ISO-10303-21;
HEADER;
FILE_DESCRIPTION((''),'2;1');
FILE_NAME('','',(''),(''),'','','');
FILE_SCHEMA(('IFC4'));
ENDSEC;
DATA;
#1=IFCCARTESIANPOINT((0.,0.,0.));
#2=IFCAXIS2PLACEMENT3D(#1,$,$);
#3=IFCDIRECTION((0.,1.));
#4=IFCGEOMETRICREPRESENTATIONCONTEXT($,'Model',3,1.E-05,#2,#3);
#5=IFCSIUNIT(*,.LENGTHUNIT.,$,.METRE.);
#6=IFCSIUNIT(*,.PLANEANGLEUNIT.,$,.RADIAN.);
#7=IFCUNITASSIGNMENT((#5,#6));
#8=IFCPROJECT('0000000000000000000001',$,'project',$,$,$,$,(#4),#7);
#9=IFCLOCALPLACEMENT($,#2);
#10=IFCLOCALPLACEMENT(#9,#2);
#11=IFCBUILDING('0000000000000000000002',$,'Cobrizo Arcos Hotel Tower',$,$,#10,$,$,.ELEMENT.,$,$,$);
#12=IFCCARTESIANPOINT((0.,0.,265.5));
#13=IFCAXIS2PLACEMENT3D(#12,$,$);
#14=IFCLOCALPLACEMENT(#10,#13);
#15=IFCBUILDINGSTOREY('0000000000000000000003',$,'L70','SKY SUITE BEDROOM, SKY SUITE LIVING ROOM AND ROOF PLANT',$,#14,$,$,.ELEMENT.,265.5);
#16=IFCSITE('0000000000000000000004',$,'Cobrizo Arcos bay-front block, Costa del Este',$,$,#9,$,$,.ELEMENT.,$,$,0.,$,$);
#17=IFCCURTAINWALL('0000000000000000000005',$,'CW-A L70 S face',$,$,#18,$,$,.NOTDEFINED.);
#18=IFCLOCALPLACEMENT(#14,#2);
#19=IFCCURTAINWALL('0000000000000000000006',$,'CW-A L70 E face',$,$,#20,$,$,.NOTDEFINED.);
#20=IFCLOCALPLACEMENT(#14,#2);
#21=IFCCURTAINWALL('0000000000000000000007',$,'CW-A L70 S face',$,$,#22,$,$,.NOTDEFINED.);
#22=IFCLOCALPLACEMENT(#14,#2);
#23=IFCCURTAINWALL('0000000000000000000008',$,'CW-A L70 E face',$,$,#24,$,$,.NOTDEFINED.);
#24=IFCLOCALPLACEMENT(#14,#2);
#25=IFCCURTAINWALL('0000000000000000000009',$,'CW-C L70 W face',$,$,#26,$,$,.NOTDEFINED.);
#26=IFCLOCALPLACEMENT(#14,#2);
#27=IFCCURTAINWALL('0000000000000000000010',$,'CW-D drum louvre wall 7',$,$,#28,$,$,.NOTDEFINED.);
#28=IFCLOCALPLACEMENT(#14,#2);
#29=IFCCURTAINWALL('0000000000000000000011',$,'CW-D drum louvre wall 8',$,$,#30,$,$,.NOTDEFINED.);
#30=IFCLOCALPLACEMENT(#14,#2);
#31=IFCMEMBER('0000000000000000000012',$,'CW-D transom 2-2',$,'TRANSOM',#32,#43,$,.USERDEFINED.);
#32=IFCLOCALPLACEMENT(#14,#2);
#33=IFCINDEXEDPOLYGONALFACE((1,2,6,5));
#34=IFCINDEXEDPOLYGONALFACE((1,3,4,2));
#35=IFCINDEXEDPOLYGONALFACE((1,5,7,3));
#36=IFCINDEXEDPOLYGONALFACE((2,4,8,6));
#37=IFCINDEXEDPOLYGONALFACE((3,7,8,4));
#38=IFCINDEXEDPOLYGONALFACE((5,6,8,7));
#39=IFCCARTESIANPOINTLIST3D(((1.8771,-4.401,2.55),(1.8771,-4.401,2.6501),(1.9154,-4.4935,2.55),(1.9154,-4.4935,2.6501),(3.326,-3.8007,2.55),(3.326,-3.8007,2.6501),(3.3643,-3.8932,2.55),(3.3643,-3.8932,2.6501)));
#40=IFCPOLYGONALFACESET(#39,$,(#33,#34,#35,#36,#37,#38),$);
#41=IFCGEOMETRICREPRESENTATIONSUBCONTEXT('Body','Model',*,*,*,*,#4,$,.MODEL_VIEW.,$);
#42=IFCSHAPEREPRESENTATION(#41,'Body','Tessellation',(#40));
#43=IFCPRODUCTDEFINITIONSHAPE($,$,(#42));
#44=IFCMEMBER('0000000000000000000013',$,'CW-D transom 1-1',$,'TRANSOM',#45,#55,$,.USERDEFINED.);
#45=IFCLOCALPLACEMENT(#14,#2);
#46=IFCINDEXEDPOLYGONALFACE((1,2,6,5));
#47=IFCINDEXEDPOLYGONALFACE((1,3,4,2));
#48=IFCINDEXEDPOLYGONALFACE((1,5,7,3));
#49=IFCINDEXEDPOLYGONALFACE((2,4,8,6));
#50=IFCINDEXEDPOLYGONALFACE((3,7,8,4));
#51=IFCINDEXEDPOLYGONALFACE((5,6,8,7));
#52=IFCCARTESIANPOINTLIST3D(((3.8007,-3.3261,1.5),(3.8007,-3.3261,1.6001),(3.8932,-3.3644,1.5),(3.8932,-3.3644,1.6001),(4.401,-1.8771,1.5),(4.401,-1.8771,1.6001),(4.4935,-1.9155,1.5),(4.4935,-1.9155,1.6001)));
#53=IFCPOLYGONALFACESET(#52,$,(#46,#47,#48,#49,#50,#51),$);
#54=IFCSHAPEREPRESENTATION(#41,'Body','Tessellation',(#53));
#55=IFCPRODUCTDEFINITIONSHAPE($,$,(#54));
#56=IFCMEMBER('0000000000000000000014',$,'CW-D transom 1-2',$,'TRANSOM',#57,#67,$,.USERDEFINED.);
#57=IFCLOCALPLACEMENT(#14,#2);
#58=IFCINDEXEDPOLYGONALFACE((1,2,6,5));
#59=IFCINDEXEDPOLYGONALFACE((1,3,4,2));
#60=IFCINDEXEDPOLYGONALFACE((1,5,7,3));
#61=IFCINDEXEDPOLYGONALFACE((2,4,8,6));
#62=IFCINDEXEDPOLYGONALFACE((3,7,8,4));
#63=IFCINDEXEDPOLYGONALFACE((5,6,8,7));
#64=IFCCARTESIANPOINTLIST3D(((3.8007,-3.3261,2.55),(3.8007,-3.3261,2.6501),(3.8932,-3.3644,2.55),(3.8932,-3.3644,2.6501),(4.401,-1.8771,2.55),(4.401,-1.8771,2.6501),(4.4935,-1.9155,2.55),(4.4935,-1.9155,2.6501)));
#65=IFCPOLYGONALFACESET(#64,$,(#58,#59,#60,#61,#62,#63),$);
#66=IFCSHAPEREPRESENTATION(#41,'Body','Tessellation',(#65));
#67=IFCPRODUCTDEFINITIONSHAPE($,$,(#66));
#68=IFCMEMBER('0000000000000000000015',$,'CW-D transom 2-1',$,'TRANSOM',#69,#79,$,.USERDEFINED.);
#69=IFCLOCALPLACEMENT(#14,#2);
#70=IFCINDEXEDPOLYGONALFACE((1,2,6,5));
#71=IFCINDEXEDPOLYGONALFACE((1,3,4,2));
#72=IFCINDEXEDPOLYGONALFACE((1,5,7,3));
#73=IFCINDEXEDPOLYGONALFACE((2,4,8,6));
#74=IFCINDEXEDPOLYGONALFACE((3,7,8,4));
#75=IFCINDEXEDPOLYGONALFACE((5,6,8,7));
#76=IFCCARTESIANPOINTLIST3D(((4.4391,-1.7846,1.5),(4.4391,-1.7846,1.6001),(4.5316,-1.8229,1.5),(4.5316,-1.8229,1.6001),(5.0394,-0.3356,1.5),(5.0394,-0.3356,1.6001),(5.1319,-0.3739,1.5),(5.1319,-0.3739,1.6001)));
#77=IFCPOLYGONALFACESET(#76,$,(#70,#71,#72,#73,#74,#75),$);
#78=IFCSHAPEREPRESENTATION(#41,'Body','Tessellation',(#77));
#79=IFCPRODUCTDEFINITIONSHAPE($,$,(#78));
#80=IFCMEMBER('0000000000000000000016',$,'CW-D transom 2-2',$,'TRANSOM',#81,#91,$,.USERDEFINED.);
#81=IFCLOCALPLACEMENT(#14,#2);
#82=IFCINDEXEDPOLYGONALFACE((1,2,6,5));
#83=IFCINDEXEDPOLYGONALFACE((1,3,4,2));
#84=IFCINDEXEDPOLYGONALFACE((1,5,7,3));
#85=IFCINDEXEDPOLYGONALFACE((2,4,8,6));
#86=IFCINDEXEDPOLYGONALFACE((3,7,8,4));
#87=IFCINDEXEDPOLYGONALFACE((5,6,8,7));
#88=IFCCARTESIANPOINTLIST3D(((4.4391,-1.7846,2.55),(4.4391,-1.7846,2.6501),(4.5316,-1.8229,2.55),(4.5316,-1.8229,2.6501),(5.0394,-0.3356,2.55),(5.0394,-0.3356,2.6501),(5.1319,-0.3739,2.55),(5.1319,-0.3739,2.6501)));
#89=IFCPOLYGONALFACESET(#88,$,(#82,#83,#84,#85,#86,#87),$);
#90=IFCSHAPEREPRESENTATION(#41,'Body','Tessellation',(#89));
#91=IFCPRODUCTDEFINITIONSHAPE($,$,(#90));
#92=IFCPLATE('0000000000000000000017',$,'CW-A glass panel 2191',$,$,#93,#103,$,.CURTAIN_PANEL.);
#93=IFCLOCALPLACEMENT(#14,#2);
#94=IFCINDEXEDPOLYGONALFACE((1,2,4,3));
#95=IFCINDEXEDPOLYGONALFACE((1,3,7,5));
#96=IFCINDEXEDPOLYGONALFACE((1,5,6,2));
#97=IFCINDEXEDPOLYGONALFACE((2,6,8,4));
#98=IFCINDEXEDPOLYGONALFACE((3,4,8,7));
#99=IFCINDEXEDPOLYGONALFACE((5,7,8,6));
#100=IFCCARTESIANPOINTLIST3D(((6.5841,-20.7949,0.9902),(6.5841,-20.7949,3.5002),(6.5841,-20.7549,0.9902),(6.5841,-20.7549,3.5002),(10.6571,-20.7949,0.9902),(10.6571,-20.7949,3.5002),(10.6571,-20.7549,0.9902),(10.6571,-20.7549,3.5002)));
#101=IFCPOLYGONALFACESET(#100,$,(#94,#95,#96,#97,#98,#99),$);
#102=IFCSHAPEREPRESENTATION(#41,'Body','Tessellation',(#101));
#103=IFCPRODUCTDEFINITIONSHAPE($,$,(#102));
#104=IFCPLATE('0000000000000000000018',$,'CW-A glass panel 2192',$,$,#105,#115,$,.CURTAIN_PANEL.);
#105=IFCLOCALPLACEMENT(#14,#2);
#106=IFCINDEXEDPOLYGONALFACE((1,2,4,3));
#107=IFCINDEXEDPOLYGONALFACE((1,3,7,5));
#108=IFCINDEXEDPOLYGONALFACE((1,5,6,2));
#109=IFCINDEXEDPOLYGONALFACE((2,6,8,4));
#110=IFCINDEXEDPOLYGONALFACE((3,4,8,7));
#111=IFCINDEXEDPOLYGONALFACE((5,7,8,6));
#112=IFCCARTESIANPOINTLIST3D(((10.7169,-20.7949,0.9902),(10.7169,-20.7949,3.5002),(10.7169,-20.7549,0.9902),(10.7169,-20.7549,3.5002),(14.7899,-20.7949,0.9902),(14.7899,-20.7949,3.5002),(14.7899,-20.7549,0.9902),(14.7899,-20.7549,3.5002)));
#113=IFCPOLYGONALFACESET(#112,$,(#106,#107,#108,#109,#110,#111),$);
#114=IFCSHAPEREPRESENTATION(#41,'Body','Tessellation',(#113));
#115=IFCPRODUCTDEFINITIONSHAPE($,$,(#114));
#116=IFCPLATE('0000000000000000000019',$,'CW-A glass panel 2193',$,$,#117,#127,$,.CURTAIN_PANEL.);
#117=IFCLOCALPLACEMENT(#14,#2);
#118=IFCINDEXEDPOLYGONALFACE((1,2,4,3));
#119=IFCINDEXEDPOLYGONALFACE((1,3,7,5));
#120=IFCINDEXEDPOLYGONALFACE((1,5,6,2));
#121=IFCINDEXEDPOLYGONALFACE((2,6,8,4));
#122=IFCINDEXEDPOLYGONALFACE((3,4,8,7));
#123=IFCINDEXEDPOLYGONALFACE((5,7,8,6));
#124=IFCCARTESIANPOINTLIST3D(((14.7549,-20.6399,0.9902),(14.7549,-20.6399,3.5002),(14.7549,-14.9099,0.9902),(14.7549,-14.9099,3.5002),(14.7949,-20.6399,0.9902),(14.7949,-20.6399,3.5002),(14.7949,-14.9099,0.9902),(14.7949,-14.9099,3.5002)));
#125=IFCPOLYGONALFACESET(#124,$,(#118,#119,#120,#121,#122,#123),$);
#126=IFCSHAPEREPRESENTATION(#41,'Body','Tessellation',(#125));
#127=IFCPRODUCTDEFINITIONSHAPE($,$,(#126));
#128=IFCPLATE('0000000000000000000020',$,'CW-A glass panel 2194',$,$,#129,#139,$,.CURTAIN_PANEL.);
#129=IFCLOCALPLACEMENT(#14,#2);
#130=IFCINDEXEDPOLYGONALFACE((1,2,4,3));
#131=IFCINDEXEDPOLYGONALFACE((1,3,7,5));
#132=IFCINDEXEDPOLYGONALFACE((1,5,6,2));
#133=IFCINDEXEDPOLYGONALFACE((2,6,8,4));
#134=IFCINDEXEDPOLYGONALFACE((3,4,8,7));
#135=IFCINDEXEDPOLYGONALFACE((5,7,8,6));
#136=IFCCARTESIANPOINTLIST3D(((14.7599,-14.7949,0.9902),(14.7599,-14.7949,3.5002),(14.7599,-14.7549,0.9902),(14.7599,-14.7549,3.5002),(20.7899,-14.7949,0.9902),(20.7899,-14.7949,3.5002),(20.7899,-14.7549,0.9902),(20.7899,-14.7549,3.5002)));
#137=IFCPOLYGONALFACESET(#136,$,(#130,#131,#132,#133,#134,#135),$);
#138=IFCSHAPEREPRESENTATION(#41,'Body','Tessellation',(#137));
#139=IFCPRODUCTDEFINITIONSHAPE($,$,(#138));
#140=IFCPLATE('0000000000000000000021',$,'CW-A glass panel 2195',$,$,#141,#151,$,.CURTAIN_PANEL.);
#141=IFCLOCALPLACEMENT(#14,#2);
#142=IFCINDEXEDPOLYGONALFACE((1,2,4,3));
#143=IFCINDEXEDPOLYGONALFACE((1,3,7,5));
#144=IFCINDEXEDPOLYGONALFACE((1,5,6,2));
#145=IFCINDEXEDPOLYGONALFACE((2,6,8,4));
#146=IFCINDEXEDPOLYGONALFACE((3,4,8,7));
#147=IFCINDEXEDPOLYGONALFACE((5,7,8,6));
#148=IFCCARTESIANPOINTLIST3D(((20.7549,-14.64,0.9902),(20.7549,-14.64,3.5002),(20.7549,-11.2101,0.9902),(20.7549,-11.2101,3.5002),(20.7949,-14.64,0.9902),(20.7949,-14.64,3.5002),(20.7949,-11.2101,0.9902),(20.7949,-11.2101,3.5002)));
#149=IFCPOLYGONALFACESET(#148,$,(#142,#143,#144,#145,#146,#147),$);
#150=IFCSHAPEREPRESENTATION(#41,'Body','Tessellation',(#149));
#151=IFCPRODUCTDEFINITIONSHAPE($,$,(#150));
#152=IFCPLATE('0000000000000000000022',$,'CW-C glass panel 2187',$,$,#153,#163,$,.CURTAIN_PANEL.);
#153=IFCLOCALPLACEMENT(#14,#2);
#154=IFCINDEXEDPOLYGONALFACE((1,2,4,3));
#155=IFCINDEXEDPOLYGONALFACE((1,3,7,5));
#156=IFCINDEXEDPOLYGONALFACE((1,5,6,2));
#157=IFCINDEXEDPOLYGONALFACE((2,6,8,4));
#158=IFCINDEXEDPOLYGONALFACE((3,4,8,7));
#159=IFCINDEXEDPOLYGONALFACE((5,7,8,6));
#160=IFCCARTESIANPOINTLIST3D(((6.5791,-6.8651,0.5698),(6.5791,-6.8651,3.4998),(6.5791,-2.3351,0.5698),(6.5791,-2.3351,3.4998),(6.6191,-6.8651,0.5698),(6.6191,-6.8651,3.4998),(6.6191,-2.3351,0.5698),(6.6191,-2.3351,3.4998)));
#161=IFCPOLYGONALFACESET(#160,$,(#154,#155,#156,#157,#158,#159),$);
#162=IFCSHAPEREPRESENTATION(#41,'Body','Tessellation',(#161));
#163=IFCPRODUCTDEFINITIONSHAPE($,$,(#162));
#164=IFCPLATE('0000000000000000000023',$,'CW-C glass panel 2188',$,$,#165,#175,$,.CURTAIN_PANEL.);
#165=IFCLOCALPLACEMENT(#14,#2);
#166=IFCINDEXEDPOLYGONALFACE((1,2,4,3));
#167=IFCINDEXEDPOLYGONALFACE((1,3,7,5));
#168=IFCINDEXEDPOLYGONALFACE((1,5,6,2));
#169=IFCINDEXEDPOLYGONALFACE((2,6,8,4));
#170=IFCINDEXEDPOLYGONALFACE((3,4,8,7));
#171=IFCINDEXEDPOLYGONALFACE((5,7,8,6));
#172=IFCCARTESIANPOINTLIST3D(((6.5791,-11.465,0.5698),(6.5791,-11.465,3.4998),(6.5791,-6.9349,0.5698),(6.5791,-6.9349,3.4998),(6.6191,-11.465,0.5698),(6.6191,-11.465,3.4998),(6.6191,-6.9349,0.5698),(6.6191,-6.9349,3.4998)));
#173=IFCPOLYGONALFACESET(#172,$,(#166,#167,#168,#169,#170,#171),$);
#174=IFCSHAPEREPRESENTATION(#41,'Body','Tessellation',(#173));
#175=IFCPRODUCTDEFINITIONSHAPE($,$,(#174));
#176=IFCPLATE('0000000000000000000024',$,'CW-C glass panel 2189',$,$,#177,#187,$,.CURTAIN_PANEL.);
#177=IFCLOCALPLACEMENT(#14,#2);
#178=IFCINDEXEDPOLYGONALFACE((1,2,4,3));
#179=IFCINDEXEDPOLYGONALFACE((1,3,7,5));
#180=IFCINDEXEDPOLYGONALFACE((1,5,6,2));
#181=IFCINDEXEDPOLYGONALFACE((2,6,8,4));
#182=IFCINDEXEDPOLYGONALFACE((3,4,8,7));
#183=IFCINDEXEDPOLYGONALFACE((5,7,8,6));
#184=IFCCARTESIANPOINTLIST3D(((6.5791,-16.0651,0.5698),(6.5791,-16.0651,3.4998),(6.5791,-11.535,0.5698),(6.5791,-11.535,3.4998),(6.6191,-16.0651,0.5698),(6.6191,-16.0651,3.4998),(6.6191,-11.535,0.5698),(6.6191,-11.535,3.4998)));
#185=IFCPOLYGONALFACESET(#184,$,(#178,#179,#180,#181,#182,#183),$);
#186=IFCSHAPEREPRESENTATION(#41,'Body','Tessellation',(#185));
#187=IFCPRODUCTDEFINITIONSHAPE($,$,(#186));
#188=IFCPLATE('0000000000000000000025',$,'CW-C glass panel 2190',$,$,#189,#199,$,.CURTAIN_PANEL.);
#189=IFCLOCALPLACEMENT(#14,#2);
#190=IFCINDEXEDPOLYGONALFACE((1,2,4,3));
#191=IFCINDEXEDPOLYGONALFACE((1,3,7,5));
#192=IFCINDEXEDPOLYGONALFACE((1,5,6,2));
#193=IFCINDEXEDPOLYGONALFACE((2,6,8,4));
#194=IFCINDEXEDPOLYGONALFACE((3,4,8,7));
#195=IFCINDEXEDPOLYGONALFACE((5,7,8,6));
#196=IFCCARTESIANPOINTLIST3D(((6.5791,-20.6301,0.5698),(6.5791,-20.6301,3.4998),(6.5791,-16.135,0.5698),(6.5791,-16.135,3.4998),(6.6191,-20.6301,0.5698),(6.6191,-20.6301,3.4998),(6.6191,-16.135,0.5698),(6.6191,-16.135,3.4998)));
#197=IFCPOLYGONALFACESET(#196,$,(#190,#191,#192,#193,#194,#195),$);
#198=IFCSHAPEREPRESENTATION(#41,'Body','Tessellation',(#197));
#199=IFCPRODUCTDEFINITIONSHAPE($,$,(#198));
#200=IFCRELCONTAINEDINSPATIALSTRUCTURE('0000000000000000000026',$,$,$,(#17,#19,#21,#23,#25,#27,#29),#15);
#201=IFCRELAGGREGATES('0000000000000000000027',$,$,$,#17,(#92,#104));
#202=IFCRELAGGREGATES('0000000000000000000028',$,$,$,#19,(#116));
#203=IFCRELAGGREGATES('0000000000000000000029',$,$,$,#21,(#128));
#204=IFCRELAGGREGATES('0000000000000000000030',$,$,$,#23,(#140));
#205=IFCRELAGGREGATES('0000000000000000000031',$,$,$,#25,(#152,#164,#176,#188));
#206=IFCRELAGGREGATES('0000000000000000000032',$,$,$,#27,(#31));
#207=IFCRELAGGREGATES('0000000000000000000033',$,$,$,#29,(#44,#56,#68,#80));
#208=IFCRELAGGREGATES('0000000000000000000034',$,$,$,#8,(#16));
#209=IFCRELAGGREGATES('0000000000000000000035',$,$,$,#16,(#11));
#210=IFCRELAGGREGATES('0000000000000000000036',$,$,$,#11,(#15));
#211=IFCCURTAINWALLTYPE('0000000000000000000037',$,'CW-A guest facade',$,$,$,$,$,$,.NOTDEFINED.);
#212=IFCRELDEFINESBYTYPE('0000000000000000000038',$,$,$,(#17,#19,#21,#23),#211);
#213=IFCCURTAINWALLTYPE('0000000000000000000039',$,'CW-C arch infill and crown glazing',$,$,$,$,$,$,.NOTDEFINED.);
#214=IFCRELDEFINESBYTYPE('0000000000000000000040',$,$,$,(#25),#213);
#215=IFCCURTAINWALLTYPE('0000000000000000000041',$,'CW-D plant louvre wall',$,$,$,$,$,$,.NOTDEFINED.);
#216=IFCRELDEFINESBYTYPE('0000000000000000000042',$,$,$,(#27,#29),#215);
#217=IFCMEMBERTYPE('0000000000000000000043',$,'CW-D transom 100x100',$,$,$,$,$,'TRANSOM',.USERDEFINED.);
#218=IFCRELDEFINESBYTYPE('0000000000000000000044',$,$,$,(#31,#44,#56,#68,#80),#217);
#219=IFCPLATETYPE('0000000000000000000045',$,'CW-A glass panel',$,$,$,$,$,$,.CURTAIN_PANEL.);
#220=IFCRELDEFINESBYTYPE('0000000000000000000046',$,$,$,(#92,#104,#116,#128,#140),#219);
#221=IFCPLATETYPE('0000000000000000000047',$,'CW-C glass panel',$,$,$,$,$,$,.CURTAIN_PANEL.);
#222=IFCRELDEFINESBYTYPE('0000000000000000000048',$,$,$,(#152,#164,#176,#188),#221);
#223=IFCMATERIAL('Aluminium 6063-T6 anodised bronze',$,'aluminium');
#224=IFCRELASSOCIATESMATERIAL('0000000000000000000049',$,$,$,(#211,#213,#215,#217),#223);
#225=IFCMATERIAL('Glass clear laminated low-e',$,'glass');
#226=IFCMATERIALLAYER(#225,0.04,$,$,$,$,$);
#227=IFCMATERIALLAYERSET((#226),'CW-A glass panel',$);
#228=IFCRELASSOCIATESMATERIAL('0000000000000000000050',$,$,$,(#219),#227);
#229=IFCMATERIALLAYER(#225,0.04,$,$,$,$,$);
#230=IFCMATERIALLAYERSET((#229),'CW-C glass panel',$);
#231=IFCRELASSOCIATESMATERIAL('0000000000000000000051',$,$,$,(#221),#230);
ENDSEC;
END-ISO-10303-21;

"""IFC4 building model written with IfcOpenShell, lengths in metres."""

from ifc_helpers import new_model, si_unit, direction, frame, origin, origin_2d, place, context, subcontext, project, spatial, rectangle, extrude, material, layer, layer_set, material_profile, profile_set, type_object, element, aggregate, save


model = new_model("IFC4")

# Units and contexts
model_context = context("Model", 3, precision=1e-05, world=origin(), true_north=direction((0.0, 1.0)))
body_context = subcontext(model_context, "Body", "Model", "MODEL_VIEW")
ifc_project = project(units=[si_unit("LENGTHUNIT", "METRE"), si_unit("PLANEANGLEUNIT", "RADIAN")], contexts=[model_context])

# Site, building, storey
site_placement = place(None, origin())
site = spatial("IfcSite", under=ifc_project, at=site_placement, Name="Cobrizo Arcos bay-front block, Costa del Este", CompositionType="ELEMENT", RefElevation=0.0)
building_placement = place(site_placement, origin())
building = spatial("IfcBuilding", under=site, at=building_placement, Name="Cobrizo Arcos Hotel Tower", CompositionType="ELEMENT")
storey_placement = place(building_placement, frame((0.0, 0.0, 265.5)))
storey = spatial("IfcBuildingStorey", under=building, at=storey_placement, Name="L70", Description="SKY SUITE BEDROOM, SKY SUITE LIVING ROOM AND ROOF PLANT", CompositionType="ELEMENT", Elevation=265.5)

# Curtain wall
ifc_material_1 = material(Name="Aluminium 6063-T6 anodised bronze", Category="aluminium")
curtain_wall_type_1 = type_object("IfcCurtainWallType", Name="CW-A guest facade", PredefinedType="NOTDEFINED", material=ifc_material_1)
curtain_wall_1_placement = place(storey_placement, origin())
curtain_wall_1 = element("IfcCurtainWall", 1, at=curtain_wall_1_placement, inside=storey, type_object=curtain_wall_type_1, Name="CW-A L70 S face", PredefinedType="NOTDEFINED")

# Curtain walls
curtain_wall_2_placement = place(storey_placement, origin())
curtain_wall_2 = element("IfcCurtainWall", 2, at=curtain_wall_2_placement, inside=storey, type_object=curtain_wall_type_1, Name="CW-A L70 E face", PredefinedType="NOTDEFINED")
curtain_wall_3_placement = place(storey_placement, origin())
curtain_wall_3 = element("IfcCurtainWall", 3, at=curtain_wall_3_placement, inside=storey, type_object=curtain_wall_type_1, Name="CW-A L70 S face", PredefinedType="NOTDEFINED")
curtain_wall_4_placement = place(storey_placement, origin())
curtain_wall_4 = element("IfcCurtainWall", 4, at=curtain_wall_4_placement, inside=storey, type_object=curtain_wall_type_1, Name="CW-A L70 E face", PredefinedType="NOTDEFINED")

# Curtain walls
curtain_wall_type_2 = type_object("IfcCurtainWallType", Name="CW-C arch infill and crown glazing", PredefinedType="NOTDEFINED", material=ifc_material_1)
curtain_wall_5_placement = place(storey_placement, origin())
curtain_wall_5 = element("IfcCurtainWall", 5, at=curtain_wall_5_placement, inside=storey, type_object=curtain_wall_type_2, Name="CW-C L70 W face", PredefinedType="NOTDEFINED")
curtain_wall_type_3 = type_object("IfcCurtainWallType", Name="CW-D plant louvre wall", PredefinedType="NOTDEFINED", material=ifc_material_1)
curtain_wall_6_placement = place(storey_placement, origin())
curtain_wall_6 = element("IfcCurtainWall", 6, at=curtain_wall_6_placement, inside=storey, type_object=curtain_wall_type_3, Name="CW-D drum louvre wall 7", PredefinedType="NOTDEFINED")
curtain_wall_7_placement = place(storey_placement, origin())
curtain_wall_7 = element("IfcCurtainWall", 7, at=curtain_wall_7_placement, inside=storey, type_object=curtain_wall_type_3, Name="CW-D drum louvre wall 8", PredefinedType="NOTDEFINED")

# Members
ifc_material_profile_1 = material_profile(ifc_material_1, rectangle(XDim=0.1001, YDim=0.1001, at=origin_2d()), Name="CW-D transom 100x100")
ifc_profile_set_1 = profile_set([ifc_material_profile_1], Name="Aluminium 6063-T6 anodised bronze")
member_type_1 = type_object("IfcMemberType", Name="CW-D transom 100x100", ElementType="TRANSOM", PredefinedType="USERDEFINED", material=ifc_profile_set_1)
member_1_placement = place(storey_placement, frame((1.8962, -4.4473, 2.6001), z_axis=(0.923844, 0.382769, 0.0), x_axis=(-0.382769, 0.923844, 0.0)))
member_1 = element("IfcMember", 8, at=member_1_placement, type_object=member_type_1, Name="CW-D transom 2-2", ObjectType="TRANSOM", PredefinedType="USERDEFINED", context=body_context, shape_type="SweptSolid", body=[
    extrude(rectangle(XDim=0.1001, YDim=0.1001, at=origin_2d()), origin(), (0.0, 0.0, 1.0), 1.5684),
])
member_2_placement = place(storey_placement, frame((3.8469, -3.3452, 1.55), z_axis=(0.382769, 0.923844, 0.0), x_axis=(-0.923844, 0.382769, 0.0)))
member_2 = element("IfcMember", 9, at=member_2_placement, type_object=member_type_1, Name="CW-D transom 1-1", ObjectType="TRANSOM", PredefinedType="USERDEFINED", context=body_context, shape_type="SweptSolid", body=[
    extrude(rectangle(XDim=0.1001, YDim=0.1001, at=origin_2d()), origin(), (0.0, 0.0, 1.0), 1.5684),
])
member_3_placement = place(storey_placement, frame((3.8469, -3.3452, 2.6001), z_axis=(0.382769, 0.923844, 0.0), x_axis=(-0.923844, 0.382769, 0.0)))
member_3 = element("IfcMember", 10, at=member_3_placement, type_object=member_type_1, Name="CW-D transom 1-2", ObjectType="TRANSOM", PredefinedType="USERDEFINED", context=body_context, shape_type="SweptSolid", body=[
    extrude(rectangle(XDim=0.1001, YDim=0.1001, at=origin_2d()), origin(), (0.0, 0.0, 1.0), 1.5684),
])
member_4_placement = place(storey_placement, frame((4.4854, -1.8037, 1.55), z_axis=(0.382769, 0.923844, 0.0), x_axis=(-0.923844, 0.382769, 0.0)))
member_4 = element("IfcMember", 11, at=member_4_placement, type_object=member_type_1, Name="CW-D transom 2-1", ObjectType="TRANSOM", PredefinedType="USERDEFINED", context=body_context, shape_type="SweptSolid", body=[
    extrude(rectangle(XDim=0.1001, YDim=0.1001, at=origin_2d()), origin(), (0.0, 0.0, 1.0), 1.5684),
])
member_5_placement = place(storey_placement, frame((4.4854, -1.8037, 2.6001), z_axis=(0.382769, 0.923844, 0.0), x_axis=(-0.923844, 0.382769, 0.0)))
member_5 = element("IfcMember", 12, at=member_5_placement, type_object=member_type_1, Name="CW-D transom 2-2", ObjectType="TRANSOM", PredefinedType="USERDEFINED", context=body_context, shape_type="SweptSolid", body=[
    extrude(rectangle(XDim=0.1001, YDim=0.1001, at=origin_2d()), origin(), (0.0, 0.0, 1.0), 1.5684),
])

# Plates
ifc_material_2 = material(Name="Glass clear laminated low-e", Category="glass")
ifc_layer_1 = layer(ifc_material_2, 0.04)
ifc_layer_set_1 = layer_set([ifc_layer_1], Name="CW-A glass panel")
plate_type_1 = type_object("IfcPlateType", Name="CW-A glass panel", PredefinedType="CURTAIN_PANEL", material=ifc_layer_set_1)
plate_1_placement = place(storey_placement, frame((8.6206, -20.7749, 0.9902), z_axis=(0.0, 0.0, 1.0), x_axis=(1.0, 0.0, 0.0)))
plate_1 = element("IfcPlate", 13, at=plate_1_placement, type_object=plate_type_1, Name="CW-A glass panel 2191", PredefinedType="CURTAIN_PANEL", context=body_context, shape_type="SweptSolid", body=[
    extrude(rectangle(XDim=4.073, YDim=0.04, at=origin_2d()), origin(), (0.0, 0.0, 1.0), 2.51),
])
plate_2_placement = place(storey_placement, frame((12.7534, -20.7749, 0.9902), z_axis=(0.0, 0.0, 1.0), x_axis=(1.0, 0.0, 0.0)))
plate_2 = element("IfcPlate", 14, at=plate_2_placement, type_object=plate_type_1, Name="CW-A glass panel 2192", PredefinedType="CURTAIN_PANEL", context=body_context, shape_type="SweptSolid", body=[
    extrude(rectangle(XDim=4.073, YDim=0.04, at=origin_2d()), origin(), (0.0, 0.0, 1.0), 2.51),
])
aggregate(curtain_wall_1, [plate_1, plate_2])
plate_3_placement = place(storey_placement, frame((14.7749, -17.7749, 0.9902), z_axis=(0.0, 0.0, 1.0), x_axis=(0.0, 1.0, 0.0)))
plate_3 = element("IfcPlate", 15, at=plate_3_placement, type_object=plate_type_1, Name="CW-A glass panel 2193", PredefinedType="CURTAIN_PANEL", context=body_context, shape_type="SweptSolid", body=[
    extrude(rectangle(XDim=5.73, YDim=0.04, at=origin_2d()), origin(), (0.0, 0.0, 1.0), 2.51),
])
aggregate(curtain_wall_2, [plate_3])
plate_4_placement = place(storey_placement, frame((17.7749, -14.7749, 0.9902), z_axis=(0.0, 0.0, 1.0), x_axis=(1.0, 0.0, 0.0)))
plate_4 = element("IfcPlate", 16, at=plate_4_placement, type_object=plate_type_1, Name="CW-A glass panel 2194", PredefinedType="CURTAIN_PANEL", context=body_context, shape_type="SweptSolid", body=[
    extrude(rectangle(XDim=6.03, YDim=0.04, at=origin_2d()), origin(), (0.0, 0.0, 1.0), 2.51),
])
aggregate(curtain_wall_3, [plate_4])
plate_5_placement = place(storey_placement, frame((20.7749, -12.925, 0.9902), z_axis=(0.0, 0.0, 1.0), x_axis=(0.0, 1.0, 0.0)))
plate_5 = element("IfcPlate", 17, at=plate_5_placement, type_object=plate_type_1, Name="CW-A glass panel 2195", PredefinedType="CURTAIN_PANEL", context=body_context, shape_type="SweptSolid", body=[
    extrude(rectangle(XDim=3.4299, YDim=0.04, at=origin_2d()), origin(), (0.0, 0.0, 1.0), 2.51),
])
aggregate(curtain_wall_4, [plate_5])
ifc_layer_2 = layer(ifc_material_2, 0.04)
ifc_layer_set_2 = layer_set([ifc_layer_2], Name="CW-C glass panel")
plate_type_2 = type_object("IfcPlateType", Name="CW-C glass panel", PredefinedType="CURTAIN_PANEL", material=ifc_layer_set_2)
plate_6_placement = place(storey_placement, frame((6.5991, -4.6001, 0.5698), z_axis=(0.0, 0.0, 1.0), x_axis=(0.0, -1.0, 0.0)))
plate_6 = element("IfcPlate", 18, at=plate_6_placement, type_object=plate_type_2, Name="CW-C glass panel 2187", PredefinedType="CURTAIN_PANEL", context=body_context, shape_type="SweptSolid", body=[
    extrude(rectangle(XDim=4.53, YDim=0.04, at=origin_2d()), origin(), (0.0, 0.0, 1.0), 2.9299),
])
plate_7_placement = place(storey_placement, frame((6.5991, -9.2, 0.5698), z_axis=(0.0, 0.0, 1.0), x_axis=(0.0, -1.0, 0.0)))
plate_7 = element("IfcPlate", 19, at=plate_7_placement, type_object=plate_type_2, Name="CW-C glass panel 2188", PredefinedType="CURTAIN_PANEL", context=body_context, shape_type="SweptSolid", body=[
    extrude(rectangle(XDim=4.53, YDim=0.04, at=origin_2d()), origin(), (0.0, 0.0, 1.0), 2.9299),
])
plate_8_placement = place(storey_placement, frame((6.5991, -13.8, 0.5698), z_axis=(0.0, 0.0, 1.0), x_axis=(0.0, -1.0, 0.0)))
plate_8 = element("IfcPlate", 20, at=plate_8_placement, type_object=plate_type_2, Name="CW-C glass panel 2189", PredefinedType="CURTAIN_PANEL", context=body_context, shape_type="SweptSolid", body=[
    extrude(rectangle(XDim=4.53, YDim=0.04, at=origin_2d()), origin(), (0.0, 0.0, 1.0), 2.9299),
])
plate_9_placement = place(storey_placement, frame((6.5991, -18.3826, 0.5698), z_axis=(0.0, 0.0, 1.0), x_axis=(0.0, -1.0, 0.0)))
plate_9 = element("IfcPlate", 21, at=plate_9_placement, type_object=plate_type_2, Name="CW-C glass panel 2190", PredefinedType="CURTAIN_PANEL", context=body_context, shape_type="SweptSolid", body=[
    extrude(rectangle(XDim=4.4951, YDim=0.04, at=origin_2d()), origin(), (0.0, 0.0, 1.0), 2.9299),
])
aggregate(curtain_wall_5, [plate_6, plate_7, plate_8, plate_9])
aggregate(curtain_wall_6, [member_1])
aggregate(curtain_wall_7, [member_2, member_3, member_4, member_5])

save(model, "model.ifc")
